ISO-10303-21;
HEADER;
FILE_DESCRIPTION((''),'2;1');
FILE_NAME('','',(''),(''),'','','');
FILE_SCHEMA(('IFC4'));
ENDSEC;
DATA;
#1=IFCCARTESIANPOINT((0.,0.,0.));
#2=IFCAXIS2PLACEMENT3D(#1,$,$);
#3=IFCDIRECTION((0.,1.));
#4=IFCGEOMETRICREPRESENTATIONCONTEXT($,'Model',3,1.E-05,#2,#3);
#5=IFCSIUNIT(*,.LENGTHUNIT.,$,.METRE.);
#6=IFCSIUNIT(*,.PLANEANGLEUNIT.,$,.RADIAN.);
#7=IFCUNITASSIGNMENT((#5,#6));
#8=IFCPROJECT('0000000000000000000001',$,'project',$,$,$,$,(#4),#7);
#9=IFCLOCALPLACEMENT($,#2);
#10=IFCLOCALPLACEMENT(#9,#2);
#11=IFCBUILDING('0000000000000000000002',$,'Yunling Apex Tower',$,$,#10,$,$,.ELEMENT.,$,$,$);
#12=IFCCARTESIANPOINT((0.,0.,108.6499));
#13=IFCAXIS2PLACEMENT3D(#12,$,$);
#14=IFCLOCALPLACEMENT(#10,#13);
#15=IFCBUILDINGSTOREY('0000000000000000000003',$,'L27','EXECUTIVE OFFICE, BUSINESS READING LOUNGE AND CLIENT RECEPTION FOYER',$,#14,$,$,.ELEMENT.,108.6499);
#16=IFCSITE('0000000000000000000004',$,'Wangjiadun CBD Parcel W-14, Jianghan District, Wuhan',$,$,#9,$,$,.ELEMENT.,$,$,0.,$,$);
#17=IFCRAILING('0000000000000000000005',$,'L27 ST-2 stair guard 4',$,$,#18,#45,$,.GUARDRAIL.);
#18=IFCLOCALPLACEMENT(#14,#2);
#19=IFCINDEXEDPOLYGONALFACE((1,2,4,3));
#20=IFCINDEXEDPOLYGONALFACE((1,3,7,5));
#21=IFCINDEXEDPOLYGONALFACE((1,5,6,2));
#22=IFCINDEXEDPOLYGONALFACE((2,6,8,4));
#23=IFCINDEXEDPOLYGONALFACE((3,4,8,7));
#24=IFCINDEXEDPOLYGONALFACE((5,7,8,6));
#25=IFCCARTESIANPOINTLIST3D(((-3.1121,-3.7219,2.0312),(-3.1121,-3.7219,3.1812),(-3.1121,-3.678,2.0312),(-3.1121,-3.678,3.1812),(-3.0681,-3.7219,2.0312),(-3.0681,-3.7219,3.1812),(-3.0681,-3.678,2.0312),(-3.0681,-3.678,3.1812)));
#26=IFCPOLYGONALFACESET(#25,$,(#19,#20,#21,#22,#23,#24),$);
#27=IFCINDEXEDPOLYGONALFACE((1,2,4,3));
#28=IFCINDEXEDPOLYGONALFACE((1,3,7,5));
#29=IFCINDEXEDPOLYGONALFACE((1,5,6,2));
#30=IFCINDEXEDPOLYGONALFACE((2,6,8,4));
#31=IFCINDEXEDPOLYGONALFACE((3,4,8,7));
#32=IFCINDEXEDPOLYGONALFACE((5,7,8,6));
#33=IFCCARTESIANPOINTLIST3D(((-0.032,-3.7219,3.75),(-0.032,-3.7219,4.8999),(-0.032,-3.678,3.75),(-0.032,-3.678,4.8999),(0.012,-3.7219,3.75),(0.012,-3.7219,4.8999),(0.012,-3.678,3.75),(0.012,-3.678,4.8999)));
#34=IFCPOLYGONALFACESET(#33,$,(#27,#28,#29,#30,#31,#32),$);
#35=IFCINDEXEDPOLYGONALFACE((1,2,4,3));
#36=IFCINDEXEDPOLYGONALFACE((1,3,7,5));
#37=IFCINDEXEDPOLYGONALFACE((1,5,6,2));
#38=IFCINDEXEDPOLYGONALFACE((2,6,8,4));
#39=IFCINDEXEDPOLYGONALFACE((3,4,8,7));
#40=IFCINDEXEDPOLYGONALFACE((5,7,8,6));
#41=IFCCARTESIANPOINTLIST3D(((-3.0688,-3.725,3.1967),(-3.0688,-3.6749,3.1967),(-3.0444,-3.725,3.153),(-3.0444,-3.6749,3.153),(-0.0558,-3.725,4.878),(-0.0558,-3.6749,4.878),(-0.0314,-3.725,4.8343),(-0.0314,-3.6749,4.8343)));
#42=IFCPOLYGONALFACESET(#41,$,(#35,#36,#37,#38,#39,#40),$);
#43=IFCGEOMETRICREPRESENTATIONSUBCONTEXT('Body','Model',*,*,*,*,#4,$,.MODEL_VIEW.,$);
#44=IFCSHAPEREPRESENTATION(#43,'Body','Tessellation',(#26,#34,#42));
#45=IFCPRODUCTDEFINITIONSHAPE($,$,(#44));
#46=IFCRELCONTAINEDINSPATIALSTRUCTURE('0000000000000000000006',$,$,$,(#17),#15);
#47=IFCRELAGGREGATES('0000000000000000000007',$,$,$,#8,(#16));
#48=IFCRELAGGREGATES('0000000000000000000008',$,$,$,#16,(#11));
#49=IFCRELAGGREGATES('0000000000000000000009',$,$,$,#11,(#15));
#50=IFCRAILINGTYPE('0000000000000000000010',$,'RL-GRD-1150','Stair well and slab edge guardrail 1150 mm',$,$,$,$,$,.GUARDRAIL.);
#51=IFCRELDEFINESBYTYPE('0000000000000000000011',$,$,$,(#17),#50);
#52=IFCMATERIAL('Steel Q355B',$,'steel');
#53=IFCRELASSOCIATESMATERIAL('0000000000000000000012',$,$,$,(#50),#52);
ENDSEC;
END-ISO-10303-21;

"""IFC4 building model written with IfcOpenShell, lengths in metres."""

from ifc_helpers import new_model, si_unit, direction, frame, origin, origin_2d, place, context, subcontext, project, spatial, rectangle, extrude, material, type_object, element, save


model = new_model("IFC4")

# Units and contexts
model_context = context("Model", 3, precision=1e-05, world=origin(), true_north=direction((0.0, 1.0)))
body_context = subcontext(model_context, "Body", "Model", "MODEL_VIEW")
ifc_project = project(units=[si_unit("LENGTHUNIT", "METRE"), si_unit("PLANEANGLEUNIT", "RADIAN")], contexts=[model_context])

# Site, building, storey
site_placement = place(None, origin())
site = spatial("IfcSite", under=ifc_project, at=site_placement, Name="Wangjiadun CBD Parcel W-14, Jianghan District, Wuhan", CompositionType="ELEMENT", RefElevation=0.0)
building_placement = place(site_placement, origin())
building = spatial("IfcBuilding", under=site, at=building_placement, Name="Yunling Apex Tower", CompositionType="ELEMENT")
storey_placement = place(building_placement, frame((0.0, 0.0, 108.6499)))
storey = spatial("IfcBuildingStorey", under=building, at=storey_placement, Name="L27", Description="EXECUTIVE OFFICE, BUSINESS READING LOUNGE AND CLIENT RECEPTION FOYER", CompositionType="ELEMENT", Elevation=108.6499)

# Shared definitions
ifc_material_1 = material(Name="Steel Q355B", Category="steel")

# Railing
railing_type = type_object("IfcRailingType", Name="RL-GRD-1150", Description="Stair well and slab edge guardrail 1150 mm", PredefinedType="GUARDRAIL", material=ifc_material_1)
railing_1_placement = place(storey_placement, frame((-3.0901, -3.7, 2.0312)))
element("IfcRailing", 1, at=railing_1_placement, inside=storey, type_object=railing_type, Name="L27 ST-2 stair guard 4", PredefinedType="GUARDRAIL", context=body_context, shape_type="SweptSolid", body=[
    extrude(rectangle(XDim=0.0439, YDim=0.0439, at=origin_2d()), origin(), (0.0, 0.0, 1.0), 1.1499),
    extrude(rectangle(XDim=0.0439, YDim=0.0439, at=origin_2d()), frame((3.0801, 0.0, 1.7188)), (0.0, 0.0, 1.0), 1.1499),
    extrude(rectangle(XDim=0.05, YDim=0.05, at=origin_2d()), frame((0.0334, 0.0, 1.1436), z_axis=(0.873242, 0.0, 0.487288), x_axis=(0.0, 1.0, 0.0)), (0.0, 0.0, 1.0), 3.4504),
])

save(model, "model.ifc")
